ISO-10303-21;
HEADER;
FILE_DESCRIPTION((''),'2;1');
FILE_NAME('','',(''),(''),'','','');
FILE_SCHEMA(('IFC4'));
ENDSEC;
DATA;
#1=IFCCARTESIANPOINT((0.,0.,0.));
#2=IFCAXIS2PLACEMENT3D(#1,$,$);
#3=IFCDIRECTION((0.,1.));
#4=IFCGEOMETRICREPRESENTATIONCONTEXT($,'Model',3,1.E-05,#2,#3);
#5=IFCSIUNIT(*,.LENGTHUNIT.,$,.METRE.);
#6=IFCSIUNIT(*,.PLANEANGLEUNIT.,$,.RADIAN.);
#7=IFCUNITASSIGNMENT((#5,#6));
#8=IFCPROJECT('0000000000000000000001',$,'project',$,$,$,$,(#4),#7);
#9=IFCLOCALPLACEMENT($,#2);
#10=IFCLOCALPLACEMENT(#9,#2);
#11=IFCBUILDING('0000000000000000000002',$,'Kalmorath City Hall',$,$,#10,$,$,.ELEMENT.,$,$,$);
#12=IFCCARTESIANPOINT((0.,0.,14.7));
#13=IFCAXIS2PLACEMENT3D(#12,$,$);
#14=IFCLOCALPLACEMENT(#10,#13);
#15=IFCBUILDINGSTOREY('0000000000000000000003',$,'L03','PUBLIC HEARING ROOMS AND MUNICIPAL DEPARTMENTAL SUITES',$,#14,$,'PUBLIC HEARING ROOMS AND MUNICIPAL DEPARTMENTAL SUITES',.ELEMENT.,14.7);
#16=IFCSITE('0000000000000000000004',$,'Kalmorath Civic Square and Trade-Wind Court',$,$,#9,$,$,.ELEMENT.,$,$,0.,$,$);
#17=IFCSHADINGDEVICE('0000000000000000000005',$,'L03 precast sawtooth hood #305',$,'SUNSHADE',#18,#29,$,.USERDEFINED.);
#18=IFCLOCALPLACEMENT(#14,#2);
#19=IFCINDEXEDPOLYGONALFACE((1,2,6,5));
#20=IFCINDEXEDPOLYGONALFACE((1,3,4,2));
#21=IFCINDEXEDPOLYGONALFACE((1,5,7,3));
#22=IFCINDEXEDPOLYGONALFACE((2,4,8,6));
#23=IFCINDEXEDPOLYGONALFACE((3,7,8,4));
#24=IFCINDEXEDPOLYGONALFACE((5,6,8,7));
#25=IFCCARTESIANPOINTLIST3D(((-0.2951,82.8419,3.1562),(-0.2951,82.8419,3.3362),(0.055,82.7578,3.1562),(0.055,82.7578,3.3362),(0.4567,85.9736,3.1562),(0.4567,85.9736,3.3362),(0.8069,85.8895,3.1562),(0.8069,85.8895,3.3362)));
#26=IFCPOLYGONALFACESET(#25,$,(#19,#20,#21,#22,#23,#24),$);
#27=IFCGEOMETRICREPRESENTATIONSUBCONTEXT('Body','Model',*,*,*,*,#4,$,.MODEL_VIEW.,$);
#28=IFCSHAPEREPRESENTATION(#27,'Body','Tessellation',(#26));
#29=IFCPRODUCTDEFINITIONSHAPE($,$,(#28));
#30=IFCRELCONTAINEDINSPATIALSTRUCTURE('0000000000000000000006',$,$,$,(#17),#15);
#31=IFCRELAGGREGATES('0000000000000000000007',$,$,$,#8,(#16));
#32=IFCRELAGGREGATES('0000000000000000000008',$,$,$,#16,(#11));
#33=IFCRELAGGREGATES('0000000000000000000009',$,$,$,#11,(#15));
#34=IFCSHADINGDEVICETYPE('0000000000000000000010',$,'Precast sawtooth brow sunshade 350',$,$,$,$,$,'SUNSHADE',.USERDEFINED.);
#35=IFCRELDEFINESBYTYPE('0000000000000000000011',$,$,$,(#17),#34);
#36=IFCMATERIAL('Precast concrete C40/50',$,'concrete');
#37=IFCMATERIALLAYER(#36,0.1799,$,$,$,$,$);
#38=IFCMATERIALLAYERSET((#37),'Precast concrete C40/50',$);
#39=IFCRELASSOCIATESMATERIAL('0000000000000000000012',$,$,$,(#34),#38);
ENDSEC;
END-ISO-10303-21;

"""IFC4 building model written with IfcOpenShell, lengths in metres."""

from ifc_helpers import new_model, si_unit, direction, frame, origin, origin_2d, place, context, subcontext, project, spatial, rectangle, extrude, material, layer, layer_set, type_object, element, save


model = new_model("IFC4")

# Units and contexts
model_context = context("Model", 3, precision=1e-05, world=origin(), true_north=direction((0.0, 1.0)))
body_context = subcontext(model_context, "Body", "Model", "MODEL_VIEW")
ifc_project = project(units=[si_unit("LENGTHUNIT", "METRE"), si_unit("PLANEANGLEUNIT", "RADIAN")], contexts=[model_context])

# Site, building, storey
site_placement = place(None, origin())
site = spatial("IfcSite", under=ifc_project, at=site_placement, Name="Kalmorath Civic Square and Trade-Wind Court", CompositionType="ELEMENT", RefElevation=0.0)
building_placement = place(site_placement, origin())
building = spatial("IfcBuilding", under=site, at=building_placement, Name="Kalmorath City Hall", CompositionType="ELEMENT")
storey_placement = place(building_placement, frame((0.0, 0.0, 14.7)))
storey = spatial("IfcBuildingStorey", under=building, at=storey_placement, Name="L03", Description="PUBLIC HEARING ROOMS AND MUNICIPAL DEPARTMENTAL SUITES", LongName="PUBLIC HEARING ROOMS AND MUNICIPAL DEPARTMENTAL SUITES", CompositionType="ELEMENT", Elevation=14.7)

# Shading device
ifc_material_1 = material(Name="Precast concrete C40/50", Category="concrete")
ifc_layer_1 = layer(ifc_material_1, 0.1799)
ifc_layer_set_1 = layer_set([ifc_layer_1], Name="Precast concrete C40/50")
shading_device_type = type_object("IfcShadingDeviceType", Name="Precast sawtooth brow sunshade 350", ElementType="SUNSHADE", PredefinedType="USERDEFINED", material=ifc_layer_set_1)
for number, where, z_axis, x_axis, name in (
    (1, (0.2559, 84.3657, 3.1562), (0.0, 0.0, 1.0), (0.233445, 0.97237, 0.0), "L03 precast sawtooth hood #305"),
):
    element("IfcShadingDevice", number, at=place(storey_placement, frame(where, z_axis=z_axis, x_axis=x_axis)), inside=storey, type_object=shading_device_type, Name=name, ObjectType="SUNSHADE", PredefinedType="USERDEFINED", context=body_context, shape_type="SweptSolid", body=[
        extrude(rectangle(XDim=3.2207, YDim=0.3601, at=origin_2d()), origin(), (0.0, 0.0, 1.0), 0.1799),
    ])

save(model, "model.ifc")
